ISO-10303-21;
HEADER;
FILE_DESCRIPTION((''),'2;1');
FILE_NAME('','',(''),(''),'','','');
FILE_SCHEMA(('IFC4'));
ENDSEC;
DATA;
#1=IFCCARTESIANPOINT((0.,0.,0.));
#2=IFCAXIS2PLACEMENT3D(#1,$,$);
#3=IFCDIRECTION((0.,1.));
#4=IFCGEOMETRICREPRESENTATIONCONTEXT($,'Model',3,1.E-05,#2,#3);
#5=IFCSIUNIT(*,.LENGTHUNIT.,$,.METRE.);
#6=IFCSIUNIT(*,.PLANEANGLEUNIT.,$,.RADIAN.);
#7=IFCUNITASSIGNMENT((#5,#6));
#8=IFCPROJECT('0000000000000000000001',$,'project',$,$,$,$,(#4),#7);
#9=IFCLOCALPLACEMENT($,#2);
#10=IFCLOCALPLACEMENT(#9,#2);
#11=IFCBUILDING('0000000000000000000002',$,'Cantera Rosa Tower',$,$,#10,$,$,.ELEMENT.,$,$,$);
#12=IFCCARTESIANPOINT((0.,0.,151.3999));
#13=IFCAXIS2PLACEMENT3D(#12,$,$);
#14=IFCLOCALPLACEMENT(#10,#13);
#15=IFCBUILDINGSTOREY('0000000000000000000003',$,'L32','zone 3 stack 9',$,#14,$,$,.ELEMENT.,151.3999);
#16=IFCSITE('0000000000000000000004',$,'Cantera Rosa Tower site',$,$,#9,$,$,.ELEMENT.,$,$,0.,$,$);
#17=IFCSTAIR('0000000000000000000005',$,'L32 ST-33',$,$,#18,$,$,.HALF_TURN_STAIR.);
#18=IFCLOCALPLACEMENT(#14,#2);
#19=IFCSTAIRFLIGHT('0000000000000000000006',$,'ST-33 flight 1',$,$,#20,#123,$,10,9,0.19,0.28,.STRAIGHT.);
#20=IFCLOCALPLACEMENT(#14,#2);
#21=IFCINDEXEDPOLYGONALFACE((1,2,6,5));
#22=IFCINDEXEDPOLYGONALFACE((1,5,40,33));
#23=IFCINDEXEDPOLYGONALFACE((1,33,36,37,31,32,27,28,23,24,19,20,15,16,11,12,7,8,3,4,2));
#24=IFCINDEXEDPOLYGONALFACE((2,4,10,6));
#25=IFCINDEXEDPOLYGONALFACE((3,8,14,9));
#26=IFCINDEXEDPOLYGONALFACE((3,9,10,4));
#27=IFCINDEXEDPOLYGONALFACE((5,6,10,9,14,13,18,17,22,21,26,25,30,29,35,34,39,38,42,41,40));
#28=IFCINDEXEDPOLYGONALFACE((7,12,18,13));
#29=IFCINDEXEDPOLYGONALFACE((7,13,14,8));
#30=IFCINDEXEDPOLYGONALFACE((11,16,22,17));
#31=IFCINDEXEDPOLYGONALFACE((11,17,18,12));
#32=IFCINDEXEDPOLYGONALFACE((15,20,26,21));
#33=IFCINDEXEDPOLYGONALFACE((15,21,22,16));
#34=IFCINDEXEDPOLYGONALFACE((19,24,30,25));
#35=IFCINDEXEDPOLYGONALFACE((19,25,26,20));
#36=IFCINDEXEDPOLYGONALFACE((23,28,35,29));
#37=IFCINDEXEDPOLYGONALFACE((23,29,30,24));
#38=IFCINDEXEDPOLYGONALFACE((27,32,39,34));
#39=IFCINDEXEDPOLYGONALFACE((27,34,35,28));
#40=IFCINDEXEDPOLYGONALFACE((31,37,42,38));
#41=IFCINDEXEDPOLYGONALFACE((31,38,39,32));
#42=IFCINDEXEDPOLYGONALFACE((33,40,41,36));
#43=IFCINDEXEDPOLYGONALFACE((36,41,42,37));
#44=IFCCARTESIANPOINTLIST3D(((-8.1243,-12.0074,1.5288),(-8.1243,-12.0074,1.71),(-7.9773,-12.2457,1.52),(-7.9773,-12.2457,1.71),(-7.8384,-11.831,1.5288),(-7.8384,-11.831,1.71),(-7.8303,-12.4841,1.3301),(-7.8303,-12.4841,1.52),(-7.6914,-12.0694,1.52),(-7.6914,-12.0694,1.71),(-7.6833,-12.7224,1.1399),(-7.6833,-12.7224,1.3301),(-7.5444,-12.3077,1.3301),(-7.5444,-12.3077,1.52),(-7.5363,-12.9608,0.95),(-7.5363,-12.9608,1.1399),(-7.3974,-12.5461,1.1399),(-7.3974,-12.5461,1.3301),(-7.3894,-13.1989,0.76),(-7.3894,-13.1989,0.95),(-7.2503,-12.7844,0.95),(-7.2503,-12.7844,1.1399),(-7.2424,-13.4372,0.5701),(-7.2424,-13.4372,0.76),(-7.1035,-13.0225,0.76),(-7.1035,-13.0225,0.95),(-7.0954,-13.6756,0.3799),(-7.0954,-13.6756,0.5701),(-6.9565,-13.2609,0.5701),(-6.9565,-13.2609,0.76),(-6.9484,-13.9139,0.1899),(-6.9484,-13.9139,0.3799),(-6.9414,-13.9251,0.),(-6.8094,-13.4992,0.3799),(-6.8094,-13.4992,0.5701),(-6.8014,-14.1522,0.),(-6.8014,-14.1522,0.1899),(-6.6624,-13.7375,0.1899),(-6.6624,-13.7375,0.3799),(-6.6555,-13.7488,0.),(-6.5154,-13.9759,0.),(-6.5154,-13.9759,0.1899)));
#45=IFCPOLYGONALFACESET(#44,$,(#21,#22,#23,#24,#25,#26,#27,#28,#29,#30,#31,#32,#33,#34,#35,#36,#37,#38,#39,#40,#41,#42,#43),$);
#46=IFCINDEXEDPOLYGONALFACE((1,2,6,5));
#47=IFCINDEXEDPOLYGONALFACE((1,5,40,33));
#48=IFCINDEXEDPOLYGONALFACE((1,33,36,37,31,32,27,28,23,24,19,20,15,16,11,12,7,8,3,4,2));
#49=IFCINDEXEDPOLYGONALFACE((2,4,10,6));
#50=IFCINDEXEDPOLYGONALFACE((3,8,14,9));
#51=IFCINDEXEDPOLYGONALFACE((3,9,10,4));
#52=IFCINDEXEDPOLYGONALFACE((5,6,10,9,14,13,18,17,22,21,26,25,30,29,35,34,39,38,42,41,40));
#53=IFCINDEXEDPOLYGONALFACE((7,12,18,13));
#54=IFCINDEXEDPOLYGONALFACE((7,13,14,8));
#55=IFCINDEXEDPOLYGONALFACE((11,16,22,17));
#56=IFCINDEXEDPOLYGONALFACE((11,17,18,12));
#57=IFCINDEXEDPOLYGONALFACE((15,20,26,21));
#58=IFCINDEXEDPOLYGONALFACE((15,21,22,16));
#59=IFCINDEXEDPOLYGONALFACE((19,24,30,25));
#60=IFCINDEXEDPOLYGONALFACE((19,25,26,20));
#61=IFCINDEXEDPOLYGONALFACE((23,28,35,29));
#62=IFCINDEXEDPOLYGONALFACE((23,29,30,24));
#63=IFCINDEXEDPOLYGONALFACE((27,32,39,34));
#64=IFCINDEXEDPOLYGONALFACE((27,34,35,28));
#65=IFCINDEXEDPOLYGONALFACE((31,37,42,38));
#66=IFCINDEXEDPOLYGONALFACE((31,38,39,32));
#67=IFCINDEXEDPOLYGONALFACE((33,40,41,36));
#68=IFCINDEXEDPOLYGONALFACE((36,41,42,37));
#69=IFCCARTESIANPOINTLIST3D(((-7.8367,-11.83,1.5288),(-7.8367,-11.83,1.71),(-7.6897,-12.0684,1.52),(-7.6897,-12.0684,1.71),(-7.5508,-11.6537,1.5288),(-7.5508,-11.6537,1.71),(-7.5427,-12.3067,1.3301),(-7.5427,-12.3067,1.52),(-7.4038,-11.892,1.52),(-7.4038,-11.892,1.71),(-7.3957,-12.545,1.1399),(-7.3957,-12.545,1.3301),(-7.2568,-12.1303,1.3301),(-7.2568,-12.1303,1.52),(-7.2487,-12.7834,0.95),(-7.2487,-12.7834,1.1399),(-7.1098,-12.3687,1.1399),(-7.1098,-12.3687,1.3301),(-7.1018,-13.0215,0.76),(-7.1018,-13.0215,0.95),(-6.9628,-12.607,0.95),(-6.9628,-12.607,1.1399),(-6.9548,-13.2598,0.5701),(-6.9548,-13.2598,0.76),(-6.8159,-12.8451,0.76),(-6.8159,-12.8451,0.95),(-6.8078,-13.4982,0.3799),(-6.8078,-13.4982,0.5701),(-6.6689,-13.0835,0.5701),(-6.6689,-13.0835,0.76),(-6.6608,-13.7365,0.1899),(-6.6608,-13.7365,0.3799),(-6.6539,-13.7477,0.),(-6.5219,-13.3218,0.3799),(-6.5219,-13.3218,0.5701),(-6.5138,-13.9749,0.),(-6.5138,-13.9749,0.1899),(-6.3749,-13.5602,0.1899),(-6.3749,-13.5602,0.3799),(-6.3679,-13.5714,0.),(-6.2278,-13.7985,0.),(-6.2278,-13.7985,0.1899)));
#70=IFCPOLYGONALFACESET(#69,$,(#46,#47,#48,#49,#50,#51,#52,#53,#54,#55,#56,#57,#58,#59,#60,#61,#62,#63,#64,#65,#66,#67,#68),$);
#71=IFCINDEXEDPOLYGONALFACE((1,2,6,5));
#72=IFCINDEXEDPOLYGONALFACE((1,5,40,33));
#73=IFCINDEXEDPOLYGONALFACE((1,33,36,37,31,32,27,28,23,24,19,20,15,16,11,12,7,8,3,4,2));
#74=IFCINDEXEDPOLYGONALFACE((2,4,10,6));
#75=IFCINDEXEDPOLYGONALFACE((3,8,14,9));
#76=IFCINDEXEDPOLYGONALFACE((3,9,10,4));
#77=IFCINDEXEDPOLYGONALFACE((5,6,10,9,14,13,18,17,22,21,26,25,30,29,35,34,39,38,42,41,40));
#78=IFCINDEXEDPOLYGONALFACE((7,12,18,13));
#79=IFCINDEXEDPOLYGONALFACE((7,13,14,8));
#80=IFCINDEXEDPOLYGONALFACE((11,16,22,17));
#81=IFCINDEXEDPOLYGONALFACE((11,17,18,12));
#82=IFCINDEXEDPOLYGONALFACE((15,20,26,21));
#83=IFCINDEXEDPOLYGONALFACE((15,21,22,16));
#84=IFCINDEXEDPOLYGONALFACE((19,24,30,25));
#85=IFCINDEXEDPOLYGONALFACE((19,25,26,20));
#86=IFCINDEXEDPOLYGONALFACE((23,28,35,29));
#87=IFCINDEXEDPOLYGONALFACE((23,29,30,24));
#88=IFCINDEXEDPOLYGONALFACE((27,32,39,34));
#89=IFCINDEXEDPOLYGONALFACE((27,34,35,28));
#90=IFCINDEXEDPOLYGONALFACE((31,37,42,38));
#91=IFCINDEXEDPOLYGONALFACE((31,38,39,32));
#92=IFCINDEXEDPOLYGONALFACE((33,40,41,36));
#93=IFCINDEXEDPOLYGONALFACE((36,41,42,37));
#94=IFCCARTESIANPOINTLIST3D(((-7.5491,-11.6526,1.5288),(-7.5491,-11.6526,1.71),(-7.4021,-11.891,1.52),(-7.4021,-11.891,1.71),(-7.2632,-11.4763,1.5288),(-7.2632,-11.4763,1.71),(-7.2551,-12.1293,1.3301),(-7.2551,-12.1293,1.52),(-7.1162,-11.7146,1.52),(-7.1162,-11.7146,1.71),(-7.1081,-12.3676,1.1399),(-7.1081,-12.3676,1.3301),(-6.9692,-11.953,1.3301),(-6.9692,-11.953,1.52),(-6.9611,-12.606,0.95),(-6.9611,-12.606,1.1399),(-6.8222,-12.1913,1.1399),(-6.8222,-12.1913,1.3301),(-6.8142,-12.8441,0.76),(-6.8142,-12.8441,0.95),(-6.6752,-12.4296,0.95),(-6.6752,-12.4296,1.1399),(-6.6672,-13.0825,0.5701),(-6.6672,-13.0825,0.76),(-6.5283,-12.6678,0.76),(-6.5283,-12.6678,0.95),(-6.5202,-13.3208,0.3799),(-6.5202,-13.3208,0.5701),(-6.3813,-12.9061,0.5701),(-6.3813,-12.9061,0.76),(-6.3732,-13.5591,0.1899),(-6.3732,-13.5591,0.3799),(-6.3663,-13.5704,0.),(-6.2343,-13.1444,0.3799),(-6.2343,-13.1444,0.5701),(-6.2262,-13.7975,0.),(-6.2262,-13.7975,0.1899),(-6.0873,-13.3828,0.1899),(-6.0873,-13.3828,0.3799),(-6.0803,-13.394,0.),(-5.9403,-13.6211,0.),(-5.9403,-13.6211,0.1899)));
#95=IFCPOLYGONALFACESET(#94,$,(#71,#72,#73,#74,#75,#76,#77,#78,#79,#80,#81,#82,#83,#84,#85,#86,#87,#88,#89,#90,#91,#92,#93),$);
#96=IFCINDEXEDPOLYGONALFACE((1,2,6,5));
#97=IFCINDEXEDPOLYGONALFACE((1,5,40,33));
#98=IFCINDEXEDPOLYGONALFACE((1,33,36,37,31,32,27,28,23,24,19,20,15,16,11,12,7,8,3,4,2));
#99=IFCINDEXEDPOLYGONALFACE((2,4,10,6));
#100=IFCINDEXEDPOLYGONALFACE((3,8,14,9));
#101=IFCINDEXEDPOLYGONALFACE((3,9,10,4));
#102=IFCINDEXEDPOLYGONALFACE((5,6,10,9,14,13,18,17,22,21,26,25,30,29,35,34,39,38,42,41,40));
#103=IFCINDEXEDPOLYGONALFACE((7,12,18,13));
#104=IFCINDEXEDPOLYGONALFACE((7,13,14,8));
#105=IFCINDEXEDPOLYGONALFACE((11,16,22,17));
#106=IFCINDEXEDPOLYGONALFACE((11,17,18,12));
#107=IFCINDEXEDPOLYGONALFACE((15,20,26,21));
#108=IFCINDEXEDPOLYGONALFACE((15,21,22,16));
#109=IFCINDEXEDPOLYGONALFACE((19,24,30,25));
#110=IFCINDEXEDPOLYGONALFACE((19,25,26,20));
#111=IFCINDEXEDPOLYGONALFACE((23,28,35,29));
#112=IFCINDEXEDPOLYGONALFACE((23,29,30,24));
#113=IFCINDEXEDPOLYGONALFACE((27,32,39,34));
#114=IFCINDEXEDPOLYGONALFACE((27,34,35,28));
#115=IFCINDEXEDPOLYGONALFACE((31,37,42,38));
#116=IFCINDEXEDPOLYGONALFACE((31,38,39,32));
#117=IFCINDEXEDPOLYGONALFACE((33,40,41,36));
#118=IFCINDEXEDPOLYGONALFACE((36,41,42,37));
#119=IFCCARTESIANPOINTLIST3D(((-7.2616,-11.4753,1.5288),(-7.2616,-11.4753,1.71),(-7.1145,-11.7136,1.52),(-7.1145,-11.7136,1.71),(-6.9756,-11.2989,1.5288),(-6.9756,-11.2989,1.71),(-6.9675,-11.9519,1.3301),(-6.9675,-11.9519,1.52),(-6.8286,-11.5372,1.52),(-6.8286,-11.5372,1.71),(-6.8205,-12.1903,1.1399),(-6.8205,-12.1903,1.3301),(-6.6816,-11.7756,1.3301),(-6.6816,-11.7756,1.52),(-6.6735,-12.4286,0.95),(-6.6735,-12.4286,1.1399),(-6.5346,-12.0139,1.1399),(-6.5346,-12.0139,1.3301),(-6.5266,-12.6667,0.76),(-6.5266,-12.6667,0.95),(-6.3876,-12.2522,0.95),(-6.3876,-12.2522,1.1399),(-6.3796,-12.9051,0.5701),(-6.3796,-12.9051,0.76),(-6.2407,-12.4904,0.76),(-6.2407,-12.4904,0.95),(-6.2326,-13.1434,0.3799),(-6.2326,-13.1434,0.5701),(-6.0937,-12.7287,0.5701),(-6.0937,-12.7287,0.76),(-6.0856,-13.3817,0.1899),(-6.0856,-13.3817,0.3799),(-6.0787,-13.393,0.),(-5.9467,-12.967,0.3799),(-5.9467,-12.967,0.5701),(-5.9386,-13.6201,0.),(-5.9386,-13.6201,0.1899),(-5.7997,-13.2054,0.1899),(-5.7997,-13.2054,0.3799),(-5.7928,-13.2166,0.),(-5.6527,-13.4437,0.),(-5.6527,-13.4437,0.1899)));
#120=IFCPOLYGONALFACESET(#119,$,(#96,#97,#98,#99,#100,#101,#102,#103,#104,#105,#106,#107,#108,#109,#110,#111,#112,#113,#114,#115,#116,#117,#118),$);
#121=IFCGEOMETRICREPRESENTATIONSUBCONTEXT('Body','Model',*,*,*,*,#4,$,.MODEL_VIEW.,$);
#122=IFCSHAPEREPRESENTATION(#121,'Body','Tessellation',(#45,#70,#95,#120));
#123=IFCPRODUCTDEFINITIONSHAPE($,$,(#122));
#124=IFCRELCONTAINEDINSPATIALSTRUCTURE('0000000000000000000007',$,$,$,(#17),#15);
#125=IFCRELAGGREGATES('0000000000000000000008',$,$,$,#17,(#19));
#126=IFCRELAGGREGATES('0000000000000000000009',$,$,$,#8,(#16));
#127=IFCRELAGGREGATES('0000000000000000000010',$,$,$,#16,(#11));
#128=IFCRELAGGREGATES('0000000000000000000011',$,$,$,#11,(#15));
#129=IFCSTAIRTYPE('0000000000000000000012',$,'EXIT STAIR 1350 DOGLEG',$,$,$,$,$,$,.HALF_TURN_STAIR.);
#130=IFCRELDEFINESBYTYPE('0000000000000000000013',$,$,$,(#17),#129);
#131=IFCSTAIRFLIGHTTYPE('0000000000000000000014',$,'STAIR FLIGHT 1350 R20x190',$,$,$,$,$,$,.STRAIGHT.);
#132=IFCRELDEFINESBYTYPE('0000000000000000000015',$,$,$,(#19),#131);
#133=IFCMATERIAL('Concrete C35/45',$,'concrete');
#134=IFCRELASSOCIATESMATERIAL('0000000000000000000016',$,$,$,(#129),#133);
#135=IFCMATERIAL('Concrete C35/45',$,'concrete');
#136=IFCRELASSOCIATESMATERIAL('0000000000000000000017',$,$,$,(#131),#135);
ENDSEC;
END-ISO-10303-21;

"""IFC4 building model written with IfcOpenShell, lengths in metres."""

from ifc_helpers import new_model, si_unit, direction, frame, origin, place, context, subcontext, project, spatial, polyline, outline, extrude, material, type_object, element, aggregate, save


model = new_model("IFC4")

# Units and contexts
model_context = context("Model", 3, precision=1e-05, world=origin(), true_north=direction((0.0, 1.0)))
body_context = subcontext(model_context, "Body", "Model", "MODEL_VIEW")
ifc_project = project(units=[si_unit("LENGTHUNIT", "METRE"), si_unit("PLANEANGLEUNIT", "RADIAN")], contexts=[model_context])

# Site, building, storey
site_placement = place(None, origin())
site = spatial("IfcSite", under=ifc_project, at=site_placement, Name="Cantera Rosa Tower site", CompositionType="ELEMENT", RefElevation=0.0)
building_placement = place(site_placement, origin())
building = spatial("IfcBuilding", under=site, at=building_placement, Name="Cantera Rosa Tower", CompositionType="ELEMENT")
storey_placement = place(building_placement, frame((0.0, 0.0, 151.3999)))
storey = spatial("IfcBuildingStorey", under=building, at=storey_placement, Name="L32", Description="zone 3 stack 9", CompositionType="ELEMENT", Elevation=151.3999)

# Stair, stair flight
ifc_material_1 = material(Name="Concrete C35/45", Category="concrete")
stair_type = type_object("IfcStairType", Name="EXIT STAIR 1350 DOGLEG", PredefinedType="HALF_TURN_STAIR", material=ifc_material_1)
stair_placement = place(storey_placement, origin())
stair = element("IfcStair", 1, at=stair_placement, inside=storey, type_object=stair_type, Name="L32 ST-33", PredefinedType="HALF_TURN_STAIR")
ifc_material_2 = material(Name="Concrete C35/45", Category="concrete")
stair_flight_type = type_object("IfcStairFlightType", Name="STAIR FLIGHT 1350 R20x190", PredefinedType="STRAIGHT", material=ifc_material_2)
stair_flight_1_placement = place(storey_placement, frame((-6.2268, -13.7979, 0.0), z_axis=(0.0, 0.0, 1.0), x_axis=(-0.524977, 0.851117, 0.0)))
stair_flight_1 = element("IfcStairFlight", 2, at=stair_flight_1_placement, type_object=stair_flight_type, Name="ST-33 flight 1", NumberOfRisers=10, NumberOfTreads=9, PredefinedType="STRAIGHT", RiserHeight=0.19, TreadLength=0.28, context=body_context, shape_type="SweptSolid", body=[
    extrude(outline(polyline([(0.0, 0.0), (0.0, 0.1899), (0.28, 0.1899), (0.28, 0.3799), (0.5601, 0.3799), (0.5601, 0.5701), (0.8401, 0.5701), (0.8401, 0.76), (1.1201, 0.76), (1.1201, 0.95), (1.3999, 0.95), (1.3999, 1.1399), (1.6799, 1.1399), (1.6799, 1.3301), (1.96, 1.3301), (1.96, 1.52), (2.24, 1.52), (2.24, 1.71), (2.52, 1.71), (2.52, 1.8999), (2.52, 1.5288), (0.2668, 0.0), (0.0, 0.0)])), frame((0.0, 0.675, 0.0), z_axis=(0.0, -1.0, 0.0), x_axis=(1.0, 0.0, 0.0)), (0.0, 0.0, 1.0), 0.3359),
    extrude(outline(polyline([(0.0, 0.0), (0.0, 0.1899), (0.28, 0.1899), (0.28, 0.3799), (0.5601, 0.3799), (0.5601, 0.5701), (0.8401, 0.5701), (0.8401, 0.76), (1.1201, 0.76), (1.1201, 0.95), (1.3999, 0.95), (1.3999, 1.1399), (1.6799, 1.1399), (1.6799, 1.3301), (1.96, 1.3301), (1.96, 1.52), (2.24, 1.52), (2.24, 1.71), (2.52, 1.71), (2.52, 1.8999), (2.52, 1.5288), (0.2668, 0.0), (0.0, 0.0)])), frame((0.0, 0.3372, 0.0), z_axis=(0.0, -1.0, 0.0), x_axis=(1.0, 0.0, 0.0)), (0.0, 0.0, 1.0), 0.3359),
    extrude(outline(polyline([(0.0, 0.0), (0.0, 0.1899), (0.28, 0.1899), (0.28, 0.3799), (0.5601, 0.3799), (0.5601, 0.5701), (0.8401, 0.5701), (0.8401, 0.76), (1.1201, 0.76), (1.1201, 0.95), (1.3999, 0.95), (1.3999, 1.1399), (1.6799, 1.1399), (1.6799, 1.3301), (1.96, 1.3301), (1.96, 1.52), (2.24, 1.52), (2.24, 1.71), (2.52, 1.71), (2.52, 1.8999), (2.52, 1.5288), (0.2668, 0.0), (0.0, 0.0)])), frame((0.0, -0.0007, 0.0), z_axis=(0.0, -1.0, 0.0), x_axis=(1.0, 0.0, 0.0)), (0.0, 0.0, 1.0), 0.3359),
    extrude(outline(polyline([(0.0, 0.0), (0.0, 0.1899), (0.28, 0.1899), (0.28, 0.3799), (0.5601, 0.3799), (0.5601, 0.5701), (0.8401, 0.5701), (0.8401, 0.76), (1.1201, 0.76), (1.1201, 0.95), (1.3999, 0.95), (1.3999, 1.1399), (1.6799, 1.1399), (1.6799, 1.3301), (1.96, 1.3301), (1.96, 1.52), (2.24, 1.52), (2.24, 1.71), (2.52, 1.71), (2.52, 1.8999), (2.52, 1.5288), (0.2668, 0.0), (0.0, 0.0)])), frame((0.0, -0.3386, 0.0), z_axis=(0.0, -1.0, 0.0), x_axis=(1.0, 0.0, 0.0)), (0.0, 0.0, 1.0), 0.3359),
])
aggregate(stair, [stair_flight_1])

save(model, "model.ifc")
